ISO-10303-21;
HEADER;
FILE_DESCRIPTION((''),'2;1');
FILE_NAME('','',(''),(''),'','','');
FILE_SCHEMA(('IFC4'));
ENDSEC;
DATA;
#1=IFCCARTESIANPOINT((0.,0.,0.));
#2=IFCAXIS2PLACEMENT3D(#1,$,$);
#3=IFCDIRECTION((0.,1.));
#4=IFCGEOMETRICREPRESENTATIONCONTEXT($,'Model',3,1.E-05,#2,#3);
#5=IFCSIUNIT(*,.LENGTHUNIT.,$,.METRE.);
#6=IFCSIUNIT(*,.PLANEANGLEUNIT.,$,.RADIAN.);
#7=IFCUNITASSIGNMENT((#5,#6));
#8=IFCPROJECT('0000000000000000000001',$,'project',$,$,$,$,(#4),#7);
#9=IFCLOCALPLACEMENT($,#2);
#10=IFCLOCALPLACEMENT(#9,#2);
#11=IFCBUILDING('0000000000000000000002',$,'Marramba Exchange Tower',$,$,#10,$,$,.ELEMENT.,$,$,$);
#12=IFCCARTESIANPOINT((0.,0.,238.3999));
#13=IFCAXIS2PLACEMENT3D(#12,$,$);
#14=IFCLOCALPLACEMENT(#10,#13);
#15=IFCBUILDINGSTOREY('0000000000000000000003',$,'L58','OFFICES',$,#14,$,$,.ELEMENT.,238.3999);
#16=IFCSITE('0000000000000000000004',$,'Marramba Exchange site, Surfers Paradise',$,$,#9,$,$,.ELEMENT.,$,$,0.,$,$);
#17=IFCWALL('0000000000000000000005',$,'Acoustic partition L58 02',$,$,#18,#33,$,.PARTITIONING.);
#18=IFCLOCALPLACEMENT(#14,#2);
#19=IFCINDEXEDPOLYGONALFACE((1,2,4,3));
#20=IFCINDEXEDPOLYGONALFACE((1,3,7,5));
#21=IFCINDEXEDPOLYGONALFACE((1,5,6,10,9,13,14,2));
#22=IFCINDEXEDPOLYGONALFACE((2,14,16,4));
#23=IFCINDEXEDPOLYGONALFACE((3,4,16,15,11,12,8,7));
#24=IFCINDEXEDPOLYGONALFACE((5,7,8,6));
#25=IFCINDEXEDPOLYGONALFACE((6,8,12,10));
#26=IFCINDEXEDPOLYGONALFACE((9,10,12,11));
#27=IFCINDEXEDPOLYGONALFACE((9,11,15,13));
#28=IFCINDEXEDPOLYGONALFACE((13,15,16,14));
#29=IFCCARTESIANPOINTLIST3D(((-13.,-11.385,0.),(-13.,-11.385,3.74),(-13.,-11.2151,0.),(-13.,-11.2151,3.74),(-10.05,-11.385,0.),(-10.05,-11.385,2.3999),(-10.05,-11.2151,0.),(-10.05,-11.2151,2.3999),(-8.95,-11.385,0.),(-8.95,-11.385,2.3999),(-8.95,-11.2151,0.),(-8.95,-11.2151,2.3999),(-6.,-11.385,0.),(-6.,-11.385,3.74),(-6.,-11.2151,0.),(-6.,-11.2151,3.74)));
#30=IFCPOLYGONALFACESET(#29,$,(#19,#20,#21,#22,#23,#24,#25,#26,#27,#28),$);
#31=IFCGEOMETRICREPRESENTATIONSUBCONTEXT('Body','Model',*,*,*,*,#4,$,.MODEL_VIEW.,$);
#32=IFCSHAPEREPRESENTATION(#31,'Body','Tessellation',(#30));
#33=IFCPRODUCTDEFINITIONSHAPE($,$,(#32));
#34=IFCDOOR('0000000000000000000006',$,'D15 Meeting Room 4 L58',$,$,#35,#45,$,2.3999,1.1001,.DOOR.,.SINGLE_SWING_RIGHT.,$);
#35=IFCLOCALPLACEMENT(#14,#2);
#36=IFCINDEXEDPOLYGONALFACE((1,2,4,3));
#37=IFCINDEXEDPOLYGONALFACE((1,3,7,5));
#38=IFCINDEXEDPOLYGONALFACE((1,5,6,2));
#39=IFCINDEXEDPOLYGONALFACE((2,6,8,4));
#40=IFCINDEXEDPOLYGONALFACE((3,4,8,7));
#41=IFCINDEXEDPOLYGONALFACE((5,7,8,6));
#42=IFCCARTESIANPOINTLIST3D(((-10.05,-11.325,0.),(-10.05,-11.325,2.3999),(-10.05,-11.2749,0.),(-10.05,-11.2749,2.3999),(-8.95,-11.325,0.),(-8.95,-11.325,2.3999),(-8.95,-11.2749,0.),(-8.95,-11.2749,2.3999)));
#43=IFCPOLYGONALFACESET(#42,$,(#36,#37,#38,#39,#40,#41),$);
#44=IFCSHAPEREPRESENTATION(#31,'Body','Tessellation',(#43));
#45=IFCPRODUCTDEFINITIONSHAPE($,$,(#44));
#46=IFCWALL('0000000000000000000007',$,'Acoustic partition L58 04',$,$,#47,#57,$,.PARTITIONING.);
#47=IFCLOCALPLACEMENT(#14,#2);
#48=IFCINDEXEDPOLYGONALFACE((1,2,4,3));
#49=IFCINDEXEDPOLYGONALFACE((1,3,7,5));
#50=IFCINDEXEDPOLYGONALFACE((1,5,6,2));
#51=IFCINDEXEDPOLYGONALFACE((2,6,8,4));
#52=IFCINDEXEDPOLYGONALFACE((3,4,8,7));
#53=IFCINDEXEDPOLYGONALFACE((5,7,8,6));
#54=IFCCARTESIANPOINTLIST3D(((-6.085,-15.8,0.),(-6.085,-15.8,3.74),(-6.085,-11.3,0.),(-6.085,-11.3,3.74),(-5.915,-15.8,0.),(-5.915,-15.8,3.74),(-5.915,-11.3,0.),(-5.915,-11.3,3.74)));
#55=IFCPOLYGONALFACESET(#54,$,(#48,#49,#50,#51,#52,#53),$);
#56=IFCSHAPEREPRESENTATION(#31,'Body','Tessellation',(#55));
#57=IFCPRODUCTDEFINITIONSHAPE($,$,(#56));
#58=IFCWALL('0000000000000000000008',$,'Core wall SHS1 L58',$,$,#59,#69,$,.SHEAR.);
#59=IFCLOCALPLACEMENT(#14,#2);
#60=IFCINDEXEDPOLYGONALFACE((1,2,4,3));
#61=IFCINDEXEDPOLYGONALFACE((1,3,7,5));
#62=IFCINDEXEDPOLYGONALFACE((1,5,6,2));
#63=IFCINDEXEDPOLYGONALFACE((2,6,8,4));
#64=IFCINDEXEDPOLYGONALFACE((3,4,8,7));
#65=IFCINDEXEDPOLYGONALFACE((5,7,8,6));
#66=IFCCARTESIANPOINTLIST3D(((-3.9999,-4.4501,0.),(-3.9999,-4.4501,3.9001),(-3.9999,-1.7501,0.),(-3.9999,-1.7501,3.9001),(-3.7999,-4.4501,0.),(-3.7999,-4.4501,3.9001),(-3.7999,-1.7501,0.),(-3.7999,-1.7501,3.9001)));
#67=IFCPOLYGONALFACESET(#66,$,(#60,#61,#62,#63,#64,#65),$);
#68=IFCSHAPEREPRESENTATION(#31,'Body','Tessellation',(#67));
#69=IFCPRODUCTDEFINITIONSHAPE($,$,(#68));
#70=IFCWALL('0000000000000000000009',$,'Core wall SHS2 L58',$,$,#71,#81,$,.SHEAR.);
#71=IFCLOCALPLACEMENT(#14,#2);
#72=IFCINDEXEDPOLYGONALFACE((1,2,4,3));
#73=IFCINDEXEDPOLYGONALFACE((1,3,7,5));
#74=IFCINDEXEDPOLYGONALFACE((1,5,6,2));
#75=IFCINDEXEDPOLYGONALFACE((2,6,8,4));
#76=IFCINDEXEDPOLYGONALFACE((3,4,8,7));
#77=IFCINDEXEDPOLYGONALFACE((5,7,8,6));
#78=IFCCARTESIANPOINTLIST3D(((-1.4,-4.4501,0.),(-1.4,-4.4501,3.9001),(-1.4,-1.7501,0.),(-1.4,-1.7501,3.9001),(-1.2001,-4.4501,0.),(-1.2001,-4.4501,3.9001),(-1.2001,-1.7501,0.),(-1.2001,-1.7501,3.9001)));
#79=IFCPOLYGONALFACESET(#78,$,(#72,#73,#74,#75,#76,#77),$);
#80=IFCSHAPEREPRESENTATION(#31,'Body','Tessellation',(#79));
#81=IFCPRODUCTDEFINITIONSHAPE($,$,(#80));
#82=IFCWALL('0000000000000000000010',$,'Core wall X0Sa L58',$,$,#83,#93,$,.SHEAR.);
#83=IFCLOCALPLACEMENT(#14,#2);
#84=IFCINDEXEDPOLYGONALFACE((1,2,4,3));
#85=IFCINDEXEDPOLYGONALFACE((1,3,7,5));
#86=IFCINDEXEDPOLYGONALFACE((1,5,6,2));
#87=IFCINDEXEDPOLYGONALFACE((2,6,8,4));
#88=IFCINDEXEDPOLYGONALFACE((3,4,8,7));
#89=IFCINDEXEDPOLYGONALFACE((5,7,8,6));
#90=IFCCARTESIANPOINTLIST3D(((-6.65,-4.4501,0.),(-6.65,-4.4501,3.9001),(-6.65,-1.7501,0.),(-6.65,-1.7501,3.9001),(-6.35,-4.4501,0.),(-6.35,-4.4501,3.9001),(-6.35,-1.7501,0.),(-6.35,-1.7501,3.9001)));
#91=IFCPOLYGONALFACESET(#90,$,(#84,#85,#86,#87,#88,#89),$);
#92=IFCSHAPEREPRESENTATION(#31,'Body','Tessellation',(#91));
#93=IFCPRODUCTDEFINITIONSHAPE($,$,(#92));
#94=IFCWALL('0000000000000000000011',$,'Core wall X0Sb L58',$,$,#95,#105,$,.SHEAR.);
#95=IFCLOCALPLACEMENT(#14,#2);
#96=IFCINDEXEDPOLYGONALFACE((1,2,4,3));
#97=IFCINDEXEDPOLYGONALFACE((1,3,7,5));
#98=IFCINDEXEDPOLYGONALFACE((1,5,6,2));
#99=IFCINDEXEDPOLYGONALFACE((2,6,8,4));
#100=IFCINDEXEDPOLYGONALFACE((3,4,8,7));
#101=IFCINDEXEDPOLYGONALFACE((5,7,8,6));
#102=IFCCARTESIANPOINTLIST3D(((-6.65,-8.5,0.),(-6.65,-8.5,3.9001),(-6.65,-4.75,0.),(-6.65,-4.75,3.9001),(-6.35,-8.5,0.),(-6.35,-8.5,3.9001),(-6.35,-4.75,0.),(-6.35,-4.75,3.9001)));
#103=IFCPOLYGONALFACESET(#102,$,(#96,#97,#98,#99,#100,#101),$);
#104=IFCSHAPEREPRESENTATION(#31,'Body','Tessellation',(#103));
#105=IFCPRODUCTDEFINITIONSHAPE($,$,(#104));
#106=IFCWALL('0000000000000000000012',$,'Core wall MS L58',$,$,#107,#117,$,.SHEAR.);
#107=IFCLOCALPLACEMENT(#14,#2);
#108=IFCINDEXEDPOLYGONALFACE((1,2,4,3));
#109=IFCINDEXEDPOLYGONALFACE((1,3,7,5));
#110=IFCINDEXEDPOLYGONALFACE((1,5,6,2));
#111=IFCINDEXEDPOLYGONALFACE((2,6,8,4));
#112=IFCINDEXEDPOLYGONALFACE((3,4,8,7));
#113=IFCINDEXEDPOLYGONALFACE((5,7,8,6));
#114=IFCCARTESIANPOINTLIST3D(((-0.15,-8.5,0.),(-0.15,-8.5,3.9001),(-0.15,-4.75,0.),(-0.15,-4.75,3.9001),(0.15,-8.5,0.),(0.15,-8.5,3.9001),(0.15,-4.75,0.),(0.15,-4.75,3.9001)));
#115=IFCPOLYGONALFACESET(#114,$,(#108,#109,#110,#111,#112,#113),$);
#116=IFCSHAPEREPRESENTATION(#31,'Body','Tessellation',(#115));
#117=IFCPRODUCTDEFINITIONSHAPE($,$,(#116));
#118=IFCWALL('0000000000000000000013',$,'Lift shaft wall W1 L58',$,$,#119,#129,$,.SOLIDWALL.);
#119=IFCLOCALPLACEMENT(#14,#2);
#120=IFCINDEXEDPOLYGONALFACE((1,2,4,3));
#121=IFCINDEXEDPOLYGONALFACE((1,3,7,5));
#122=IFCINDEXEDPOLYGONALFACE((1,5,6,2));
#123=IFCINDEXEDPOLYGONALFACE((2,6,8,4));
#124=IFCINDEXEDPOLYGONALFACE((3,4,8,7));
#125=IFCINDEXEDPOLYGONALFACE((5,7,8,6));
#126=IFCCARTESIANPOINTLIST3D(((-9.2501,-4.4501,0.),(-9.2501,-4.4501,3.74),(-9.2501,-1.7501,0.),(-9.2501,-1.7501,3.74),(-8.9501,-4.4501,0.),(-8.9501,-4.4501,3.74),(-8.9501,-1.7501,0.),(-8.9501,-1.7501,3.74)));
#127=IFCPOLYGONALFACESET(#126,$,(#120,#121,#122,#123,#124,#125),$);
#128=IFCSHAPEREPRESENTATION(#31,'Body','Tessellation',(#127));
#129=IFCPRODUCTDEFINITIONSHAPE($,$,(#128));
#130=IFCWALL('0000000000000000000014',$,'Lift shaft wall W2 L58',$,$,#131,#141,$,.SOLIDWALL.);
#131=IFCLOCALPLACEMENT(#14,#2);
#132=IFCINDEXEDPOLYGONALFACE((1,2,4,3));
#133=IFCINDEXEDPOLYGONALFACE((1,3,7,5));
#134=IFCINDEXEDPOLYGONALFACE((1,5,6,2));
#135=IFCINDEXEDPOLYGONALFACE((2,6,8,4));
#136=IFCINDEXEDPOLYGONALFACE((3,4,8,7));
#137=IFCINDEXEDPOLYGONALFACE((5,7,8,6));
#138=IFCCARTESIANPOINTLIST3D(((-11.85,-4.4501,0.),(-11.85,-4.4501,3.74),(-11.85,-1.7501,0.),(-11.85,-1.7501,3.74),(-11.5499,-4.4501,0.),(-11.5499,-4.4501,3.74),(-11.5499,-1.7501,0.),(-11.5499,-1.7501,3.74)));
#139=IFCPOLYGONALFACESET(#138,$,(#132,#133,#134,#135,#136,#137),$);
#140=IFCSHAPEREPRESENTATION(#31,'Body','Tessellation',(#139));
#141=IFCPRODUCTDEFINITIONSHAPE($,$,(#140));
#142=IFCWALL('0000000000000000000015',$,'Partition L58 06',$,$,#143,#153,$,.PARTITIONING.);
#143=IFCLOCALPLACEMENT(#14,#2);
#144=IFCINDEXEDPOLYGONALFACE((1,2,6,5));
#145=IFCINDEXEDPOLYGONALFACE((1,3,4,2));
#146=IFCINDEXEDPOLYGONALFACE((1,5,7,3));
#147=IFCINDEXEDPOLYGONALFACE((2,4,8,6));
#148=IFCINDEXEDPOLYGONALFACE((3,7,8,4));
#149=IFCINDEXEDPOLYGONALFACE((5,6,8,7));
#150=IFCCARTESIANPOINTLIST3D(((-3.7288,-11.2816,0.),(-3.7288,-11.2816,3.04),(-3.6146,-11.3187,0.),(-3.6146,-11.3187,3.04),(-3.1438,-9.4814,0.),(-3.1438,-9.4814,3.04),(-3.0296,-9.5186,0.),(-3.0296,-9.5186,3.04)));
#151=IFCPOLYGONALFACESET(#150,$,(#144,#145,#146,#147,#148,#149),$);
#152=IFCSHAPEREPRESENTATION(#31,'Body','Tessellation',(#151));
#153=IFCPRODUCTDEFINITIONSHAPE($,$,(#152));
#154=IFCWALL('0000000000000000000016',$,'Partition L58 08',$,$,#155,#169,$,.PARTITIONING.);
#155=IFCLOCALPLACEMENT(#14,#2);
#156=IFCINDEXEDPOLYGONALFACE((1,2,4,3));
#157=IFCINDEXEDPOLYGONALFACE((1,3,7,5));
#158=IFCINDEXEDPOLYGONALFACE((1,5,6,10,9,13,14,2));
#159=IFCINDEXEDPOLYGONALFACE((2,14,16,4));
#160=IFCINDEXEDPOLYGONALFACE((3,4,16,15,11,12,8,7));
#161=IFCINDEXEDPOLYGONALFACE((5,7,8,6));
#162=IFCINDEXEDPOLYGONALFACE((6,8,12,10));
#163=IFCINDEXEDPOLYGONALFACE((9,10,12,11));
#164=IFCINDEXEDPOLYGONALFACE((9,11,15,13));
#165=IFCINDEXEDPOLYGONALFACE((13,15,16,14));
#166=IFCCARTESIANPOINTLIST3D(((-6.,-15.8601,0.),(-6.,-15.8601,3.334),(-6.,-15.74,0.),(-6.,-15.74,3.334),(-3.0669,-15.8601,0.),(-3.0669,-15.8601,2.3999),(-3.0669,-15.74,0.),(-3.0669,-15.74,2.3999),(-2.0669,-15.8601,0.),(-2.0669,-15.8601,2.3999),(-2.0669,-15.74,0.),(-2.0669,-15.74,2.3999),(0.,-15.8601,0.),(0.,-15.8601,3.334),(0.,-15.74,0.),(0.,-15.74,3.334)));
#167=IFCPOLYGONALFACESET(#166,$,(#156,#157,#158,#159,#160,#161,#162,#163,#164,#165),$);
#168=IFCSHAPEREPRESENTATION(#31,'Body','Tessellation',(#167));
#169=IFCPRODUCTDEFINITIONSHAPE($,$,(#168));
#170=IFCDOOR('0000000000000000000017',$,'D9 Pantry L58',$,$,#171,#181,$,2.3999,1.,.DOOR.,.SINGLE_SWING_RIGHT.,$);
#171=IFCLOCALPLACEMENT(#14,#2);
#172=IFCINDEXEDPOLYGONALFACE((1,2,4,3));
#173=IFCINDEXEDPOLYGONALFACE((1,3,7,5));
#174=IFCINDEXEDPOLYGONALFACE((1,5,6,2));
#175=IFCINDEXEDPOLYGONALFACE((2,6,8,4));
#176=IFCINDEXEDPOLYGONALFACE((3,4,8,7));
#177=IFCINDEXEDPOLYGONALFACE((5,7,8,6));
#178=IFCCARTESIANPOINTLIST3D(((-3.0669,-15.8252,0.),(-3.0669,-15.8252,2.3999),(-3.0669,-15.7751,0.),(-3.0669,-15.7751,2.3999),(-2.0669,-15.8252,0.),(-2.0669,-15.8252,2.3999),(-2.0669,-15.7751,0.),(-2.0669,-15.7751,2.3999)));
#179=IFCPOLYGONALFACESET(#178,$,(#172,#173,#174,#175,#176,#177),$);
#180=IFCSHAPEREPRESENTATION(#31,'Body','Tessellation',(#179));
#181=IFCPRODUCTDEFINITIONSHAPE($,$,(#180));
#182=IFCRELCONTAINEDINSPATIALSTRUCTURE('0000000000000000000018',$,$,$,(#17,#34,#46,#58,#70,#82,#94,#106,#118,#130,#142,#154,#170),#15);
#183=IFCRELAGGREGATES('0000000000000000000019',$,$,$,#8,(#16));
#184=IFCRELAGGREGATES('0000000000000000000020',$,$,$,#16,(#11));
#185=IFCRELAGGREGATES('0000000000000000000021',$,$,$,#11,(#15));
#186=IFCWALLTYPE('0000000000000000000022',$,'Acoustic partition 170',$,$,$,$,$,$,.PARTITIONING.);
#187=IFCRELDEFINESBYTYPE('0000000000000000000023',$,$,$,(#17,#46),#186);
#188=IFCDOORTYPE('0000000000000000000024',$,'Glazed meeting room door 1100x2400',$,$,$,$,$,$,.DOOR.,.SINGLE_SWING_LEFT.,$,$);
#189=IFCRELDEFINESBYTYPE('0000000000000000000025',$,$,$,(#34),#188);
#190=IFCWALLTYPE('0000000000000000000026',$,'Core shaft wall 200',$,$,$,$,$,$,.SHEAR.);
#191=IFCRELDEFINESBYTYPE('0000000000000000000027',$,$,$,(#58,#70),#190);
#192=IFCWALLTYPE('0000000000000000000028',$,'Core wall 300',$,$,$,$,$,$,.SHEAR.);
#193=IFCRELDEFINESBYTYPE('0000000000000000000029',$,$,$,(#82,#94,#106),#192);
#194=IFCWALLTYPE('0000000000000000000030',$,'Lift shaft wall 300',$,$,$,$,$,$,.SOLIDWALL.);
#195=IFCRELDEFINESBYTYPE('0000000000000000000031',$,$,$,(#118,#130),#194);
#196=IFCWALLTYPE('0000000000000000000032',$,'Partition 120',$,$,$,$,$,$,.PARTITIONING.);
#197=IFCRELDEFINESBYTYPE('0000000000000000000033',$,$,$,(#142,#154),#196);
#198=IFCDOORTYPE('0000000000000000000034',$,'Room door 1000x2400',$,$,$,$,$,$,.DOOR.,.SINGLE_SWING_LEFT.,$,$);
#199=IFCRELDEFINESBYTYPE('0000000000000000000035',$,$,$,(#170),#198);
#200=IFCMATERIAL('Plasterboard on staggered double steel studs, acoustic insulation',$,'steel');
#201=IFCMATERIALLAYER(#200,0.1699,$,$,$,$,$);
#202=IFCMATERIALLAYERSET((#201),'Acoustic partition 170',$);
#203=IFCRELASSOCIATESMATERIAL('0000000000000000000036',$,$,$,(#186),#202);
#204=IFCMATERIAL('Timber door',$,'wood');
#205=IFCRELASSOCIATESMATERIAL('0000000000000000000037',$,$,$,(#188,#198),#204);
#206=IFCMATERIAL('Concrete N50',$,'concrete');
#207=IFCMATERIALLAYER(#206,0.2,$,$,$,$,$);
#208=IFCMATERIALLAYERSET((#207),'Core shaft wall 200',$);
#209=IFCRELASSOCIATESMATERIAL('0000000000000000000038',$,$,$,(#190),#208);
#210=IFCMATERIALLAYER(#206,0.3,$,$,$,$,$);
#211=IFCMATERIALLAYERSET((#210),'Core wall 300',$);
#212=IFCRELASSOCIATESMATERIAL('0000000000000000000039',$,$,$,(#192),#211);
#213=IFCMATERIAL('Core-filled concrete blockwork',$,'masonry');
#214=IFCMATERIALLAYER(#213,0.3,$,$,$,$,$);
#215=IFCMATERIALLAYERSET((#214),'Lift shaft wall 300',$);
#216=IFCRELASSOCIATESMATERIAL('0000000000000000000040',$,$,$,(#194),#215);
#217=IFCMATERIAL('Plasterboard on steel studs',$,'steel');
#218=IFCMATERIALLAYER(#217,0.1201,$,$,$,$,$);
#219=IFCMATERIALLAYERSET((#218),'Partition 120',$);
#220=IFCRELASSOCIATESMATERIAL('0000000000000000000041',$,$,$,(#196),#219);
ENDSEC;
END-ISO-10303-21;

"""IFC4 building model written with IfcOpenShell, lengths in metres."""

from ifc_helpers import new_model, si_unit, direction, frame, frame_2d, origin, place, context, subcontext, project, spatial, rectangle, extrude, material, layer, layer_set, type_object, element, fill, save


model = new_model("IFC4")

# Units and contexts
model_context = context("Model", 3, precision=1e-05, world=origin(), true_north=direction((0.0, 1.0)))
body_context = subcontext(model_context, "Body", "Model", "MODEL_VIEW")
ifc_project = project(units=[si_unit("LENGTHUNIT", "METRE"), si_unit("PLANEANGLEUNIT", "RADIAN")], contexts=[model_context])

# Site, building, storey
site_placement = place(None, origin())
site = spatial("IfcSite", under=ifc_project, at=site_placement, Name="Marramba Exchange site, Surfers Paradise", CompositionType="ELEMENT", RefElevation=0.0)
building_placement = place(site_placement, origin())
building = spatial("IfcBuilding", under=site, at=building_placement, Name="Marramba Exchange Tower", CompositionType="ELEMENT")
storey_placement = place(building_placement, frame((0.0, 0.0, 238.3999)))
storey = spatial("IfcBuildingStorey", under=building, at=storey_placement, Name="L58", Description="OFFICES", CompositionType="ELEMENT", Elevation=238.3999)

# Shared definitions
ifc_material_1 = material(Name="Concrete N50", Category="concrete")

# Wall, opening, door
ifc_material_2 = material(Name="Plasterboard on staggered double steel studs, acoustic insulation", Category="steel")
ifc_layer_1 = layer(ifc_material_2, 0.1699)
ifc_layer_set_1 = layer_set([ifc_layer_1], Name="Acoustic partition 170")
wall_type_1 = type_object("IfcWallType", Name="Acoustic partition 170", PredefinedType="PARTITIONING", material=ifc_layer_set_1)
wall_1_placement = place(storey_placement, frame((-6.0, -11.3, 0.0), z_axis=(0.0, 0.0, 1.0), x_axis=(-1.0, 0.0, 0.0)))
wall_1 = element("IfcWall", 1, at=wall_1_placement, inside=storey, type_object=wall_type_1, Name="Acoustic partition L58 02", PredefinedType="PARTITIONING", context=body_context, shape_type="SweptSolid", body=[
    extrude(rectangle(XDim=7.0, YDim=0.1699, at=frame_2d((3.5, 0.0))), origin(), (0.0, 0.0, 1.0), 3.74),
])
opening_1_placement = place(wall_1_placement, frame((2.95, 0.0, 0.0)))
opening_1 = element("IfcOpeningElement", 2, at=opening_1_placement, cuts=wall_1, PredefinedType="OPENING", context=body_context, shape_type="SweptSolid", body=[
    extrude(rectangle(XDim=1.1001, YDim=2.3999, at=frame_2d((0.55, 1.2))), frame((0.0, 0.095, 0.0), z_axis=(0.0, -1.0, 0.0), x_axis=(1.0, 0.0, 0.0)), (0.0, 0.0, 1.0), 0.1899),
])
ifc_material_3 = material(Name="Timber door", Category="wood")
door_type_1 = type_object("IfcDoorType", Name="Glazed meeting room door 1100x2400", OperationType="SINGLE_SWING_LEFT", PredefinedType="DOOR", material=ifc_material_3)
door_1_placement = place(opening_1_placement, origin())
door_1 = element("IfcDoor", 3, at=door_1_placement, inside=storey, type_object=door_type_1, Name="D15 Meeting Room 4 L58", OperationType="SINGLE_SWING_RIGHT", OverallHeight=2.3999, OverallWidth=1.1001, PredefinedType="DOOR", context=body_context, shape_type="SweptSolid", body=[
    extrude(rectangle(XDim=1.1001, YDim=2.3999, at=frame_2d((0.55, 1.2))), frame((0.0, 0.0249, 0.0), z_axis=(0.0, -1.0, 0.0), x_axis=(1.0, 0.0, 0.0)), (0.0, 0.0, 1.0), 0.05),
])
fill(opening_1, door_1)

# Walls
wall_2_placement = place(storey_placement, frame((-6.0, -11.3, 0.0), z_axis=(0.0, 0.0, 1.0), x_axis=(0.0, -1.0, 0.0)))
element("IfcWall", 4, at=wall_2_placement, inside=storey, type_object=wall_type_1, Name="Acoustic partition L58 04", PredefinedType="PARTITIONING", context=body_context, shape_type="SweptSolid", body=[
    extrude(rectangle(XDim=4.5, YDim=0.1699, at=frame_2d((2.25, 0.0))), origin(), (0.0, 0.0, 1.0), 3.74),
])
ifc_layer_2 = layer(ifc_material_1, 0.2)
ifc_layer_set_2 = layer_set([ifc_layer_2], Name="Core shaft wall 200")
wall_type_2 = type_object("IfcWallType", Name="Core shaft wall 200", PredefinedType="SHEAR", material=ifc_layer_set_2)
for number, where, z_axis, x_axis, name in (
    (5, (-3.8999, -1.75, 0.0), (0.0, 0.0, 1.0), (0.0, -1.0, 0.0), "Core wall SHS1 L58"),
    (6, (-1.3, -1.75, 0.0), (0.0, 0.0, 1.0), (0.0, -1.0, 0.0), "Core wall SHS2 L58"),
):
    element("IfcWall", number, at=place(storey_placement, frame(where, z_axis=z_axis, x_axis=x_axis)), inside=storey, type_object=wall_type_2, Name=name, PredefinedType="SHEAR", context=body_context, shape_type="SweptSolid", body=[
        extrude(rectangle(XDim=2.7, YDim=0.2, at=frame_2d((1.3501, 0.0))), origin(), (0.0, 0.0, 1.0), 3.9001),
    ])
ifc_layer_3 = layer(ifc_material_1, 0.3)
ifc_layer_set_3 = layer_set([ifc_layer_3], Name="Core wall 300")
wall_type_3 = type_object("IfcWallType", Name="Core wall 300", PredefinedType="SHEAR", material=ifc_layer_set_3)
wall_3_placement = place(storey_placement, frame((-6.5, -1.75, 0.0), z_axis=(0.0, 0.0, 1.0), x_axis=(0.0, -1.0, 0.0)))
element("IfcWall", 7, at=wall_3_placement, inside=storey, type_object=wall_type_3, Name="Core wall X0Sa L58", PredefinedType="SHEAR", context=body_context, shape_type="SweptSolid", body=[
    extrude(rectangle(XDim=2.7, YDim=0.3, at=frame_2d((1.3501, 0.0))), origin(), (0.0, 0.0, 1.0), 3.9001),
])
for number, where, z_axis, x_axis, name in (
    (8, (-6.5, -4.75, 0.0), (0.0, 0.0, 1.0), (0.0, -1.0, 0.0), "Core wall X0Sb L58"),
    (9, (0.0, -4.75, 0.0), (0.0, 0.0, 1.0), (0.0, -1.0, 0.0), "Core wall MS L58"),
):
    element("IfcWall", number, at=place(storey_placement, frame(where, z_axis=z_axis, x_axis=x_axis)), inside=storey, type_object=wall_type_3, Name=name, PredefinedType="SHEAR", context=body_context, shape_type="SweptSolid", body=[
        extrude(rectangle(XDim=3.75, YDim=0.3, at=frame_2d((1.875, 0.0))), origin(), (0.0, 0.0, 1.0), 3.9001),
    ])
ifc_material_4 = material(Name="Core-filled concrete blockwork", Category="masonry")
ifc_layer_4 = layer(ifc_material_4, 0.3)
ifc_layer_set_4 = layer_set([ifc_layer_4], Name="Lift shaft wall 300")
wall_type_4 = type_object("IfcWallType", Name="Lift shaft wall 300", PredefinedType="SOLIDWALL", material=ifc_layer_set_4)
for number, where, z_axis, x_axis, name in (
    (10, (-9.1001, -1.75, 0.0), (0.0, 0.0, 1.0), (0.0, -1.0, 0.0), "Lift shaft wall W1 L58"),
    (11, (-11.7, -1.75, 0.0), (0.0, 0.0, 1.0), (0.0, -1.0, 0.0), "Lift shaft wall W2 L58"),
):
    element("IfcWall", number, at=place(storey_placement, frame(where, z_axis=z_axis, x_axis=x_axis)), inside=storey, type_object=wall_type_4, Name=name, PredefinedType="SOLIDWALL", context=body_context, shape_type="SweptSolid", body=[
        extrude(rectangle(XDim=2.7, YDim=0.3, at=frame_2d((1.3501, 0.0))), origin(), (0.0, 0.0, 1.0), 3.74),
    ])
ifc_material_5 = material(Name="Plasterboard on steel studs", Category="steel")
ifc_layer_5 = layer(ifc_material_5, 0.1201)
ifc_layer_set_5 = layer_set([ifc_layer_5], Name="Partition 120")
wall_type_5 = type_object("IfcWallType", Name="Partition 120", PredefinedType="PARTITIONING", material=ifc_layer_set_5)
wall_4_placement = place(storey_placement, frame((-3.6716, -11.3, 0.0), z_axis=(0.0, 0.0, 1.0), x_axis=(0.30906, 0.951043, 0.0)))
element("IfcWall", 12, at=wall_4_placement, inside=storey, type_object=wall_type_5, Name="Partition L58 06", PredefinedType="PARTITIONING", context=body_context, shape_type="SweptSolid", body=[
    extrude(rectangle(XDim=1.8928, YDim=0.1201, at=frame_2d((0.9463, 0.0))), origin(), (0.0, 0.0, 1.0), 3.04),
])

# Wall, opening, door
wall_5_placement = place(storey_placement, frame((-6.0, -15.8, 0.0), z_axis=(0.0, 0.0, 1.0), x_axis=(1.0, 0.0, 0.0)))
wall_5 = element("IfcWall", 13, at=wall_5_placement, inside=storey, type_object=wall_type_5, Name="Partition L58 08", PredefinedType="PARTITIONING", context=body_context, shape_type="SweptSolid", body=[
    extrude(rectangle(XDim=6.0, YDim=0.1201, at=frame_2d((3.0, 0.0))), origin(), (0.0, 0.0, 1.0), 3.334),
])
opening_2_placement = place(wall_5_placement, frame((2.9331, 0.0, 0.0)))
opening_2 = element("IfcOpeningElement", 14, at=opening_2_placement, cuts=wall_5, PredefinedType="OPENING", context=body_context, shape_type="SweptSolid", body=[
    extrude(rectangle(XDim=1.0, YDim=2.3999, at=frame_2d((0.5, 1.2))), frame((0.0, 0.0701, 0.0), z_axis=(0.0, -1.0, 0.0), x_axis=(1.0, 0.0, 0.0)), (0.0, 0.0, 1.0), 0.1401),
])
door_type_2 = type_object("IfcDoorType", Name="Room door 1000x2400", OperationType="SINGLE_SWING_LEFT", PredefinedType="DOOR", material=ifc_material_3)
door_2_placement = place(opening_2_placement, origin())
door_2 = element("IfcDoor", 15, at=door_2_placement, inside=storey, type_object=door_type_2, Name="D9 Pantry L58", OperationType="SINGLE_SWING_RIGHT", OverallHeight=2.3999, OverallWidth=1.0, PredefinedType="DOOR", context=body_context, shape_type="SweptSolid", body=[
    extrude(rectangle(XDim=1.0, YDim=2.3999, at=frame_2d((0.5, 1.2))), frame((0.0, 0.0249, 0.0), z_axis=(0.0, -1.0, 0.0), x_axis=(1.0, 0.0, 0.0)), (0.0, 0.0, 1.0), 0.05),
])
fill(opening_2, door_2)

save(model, "model.ifc")
